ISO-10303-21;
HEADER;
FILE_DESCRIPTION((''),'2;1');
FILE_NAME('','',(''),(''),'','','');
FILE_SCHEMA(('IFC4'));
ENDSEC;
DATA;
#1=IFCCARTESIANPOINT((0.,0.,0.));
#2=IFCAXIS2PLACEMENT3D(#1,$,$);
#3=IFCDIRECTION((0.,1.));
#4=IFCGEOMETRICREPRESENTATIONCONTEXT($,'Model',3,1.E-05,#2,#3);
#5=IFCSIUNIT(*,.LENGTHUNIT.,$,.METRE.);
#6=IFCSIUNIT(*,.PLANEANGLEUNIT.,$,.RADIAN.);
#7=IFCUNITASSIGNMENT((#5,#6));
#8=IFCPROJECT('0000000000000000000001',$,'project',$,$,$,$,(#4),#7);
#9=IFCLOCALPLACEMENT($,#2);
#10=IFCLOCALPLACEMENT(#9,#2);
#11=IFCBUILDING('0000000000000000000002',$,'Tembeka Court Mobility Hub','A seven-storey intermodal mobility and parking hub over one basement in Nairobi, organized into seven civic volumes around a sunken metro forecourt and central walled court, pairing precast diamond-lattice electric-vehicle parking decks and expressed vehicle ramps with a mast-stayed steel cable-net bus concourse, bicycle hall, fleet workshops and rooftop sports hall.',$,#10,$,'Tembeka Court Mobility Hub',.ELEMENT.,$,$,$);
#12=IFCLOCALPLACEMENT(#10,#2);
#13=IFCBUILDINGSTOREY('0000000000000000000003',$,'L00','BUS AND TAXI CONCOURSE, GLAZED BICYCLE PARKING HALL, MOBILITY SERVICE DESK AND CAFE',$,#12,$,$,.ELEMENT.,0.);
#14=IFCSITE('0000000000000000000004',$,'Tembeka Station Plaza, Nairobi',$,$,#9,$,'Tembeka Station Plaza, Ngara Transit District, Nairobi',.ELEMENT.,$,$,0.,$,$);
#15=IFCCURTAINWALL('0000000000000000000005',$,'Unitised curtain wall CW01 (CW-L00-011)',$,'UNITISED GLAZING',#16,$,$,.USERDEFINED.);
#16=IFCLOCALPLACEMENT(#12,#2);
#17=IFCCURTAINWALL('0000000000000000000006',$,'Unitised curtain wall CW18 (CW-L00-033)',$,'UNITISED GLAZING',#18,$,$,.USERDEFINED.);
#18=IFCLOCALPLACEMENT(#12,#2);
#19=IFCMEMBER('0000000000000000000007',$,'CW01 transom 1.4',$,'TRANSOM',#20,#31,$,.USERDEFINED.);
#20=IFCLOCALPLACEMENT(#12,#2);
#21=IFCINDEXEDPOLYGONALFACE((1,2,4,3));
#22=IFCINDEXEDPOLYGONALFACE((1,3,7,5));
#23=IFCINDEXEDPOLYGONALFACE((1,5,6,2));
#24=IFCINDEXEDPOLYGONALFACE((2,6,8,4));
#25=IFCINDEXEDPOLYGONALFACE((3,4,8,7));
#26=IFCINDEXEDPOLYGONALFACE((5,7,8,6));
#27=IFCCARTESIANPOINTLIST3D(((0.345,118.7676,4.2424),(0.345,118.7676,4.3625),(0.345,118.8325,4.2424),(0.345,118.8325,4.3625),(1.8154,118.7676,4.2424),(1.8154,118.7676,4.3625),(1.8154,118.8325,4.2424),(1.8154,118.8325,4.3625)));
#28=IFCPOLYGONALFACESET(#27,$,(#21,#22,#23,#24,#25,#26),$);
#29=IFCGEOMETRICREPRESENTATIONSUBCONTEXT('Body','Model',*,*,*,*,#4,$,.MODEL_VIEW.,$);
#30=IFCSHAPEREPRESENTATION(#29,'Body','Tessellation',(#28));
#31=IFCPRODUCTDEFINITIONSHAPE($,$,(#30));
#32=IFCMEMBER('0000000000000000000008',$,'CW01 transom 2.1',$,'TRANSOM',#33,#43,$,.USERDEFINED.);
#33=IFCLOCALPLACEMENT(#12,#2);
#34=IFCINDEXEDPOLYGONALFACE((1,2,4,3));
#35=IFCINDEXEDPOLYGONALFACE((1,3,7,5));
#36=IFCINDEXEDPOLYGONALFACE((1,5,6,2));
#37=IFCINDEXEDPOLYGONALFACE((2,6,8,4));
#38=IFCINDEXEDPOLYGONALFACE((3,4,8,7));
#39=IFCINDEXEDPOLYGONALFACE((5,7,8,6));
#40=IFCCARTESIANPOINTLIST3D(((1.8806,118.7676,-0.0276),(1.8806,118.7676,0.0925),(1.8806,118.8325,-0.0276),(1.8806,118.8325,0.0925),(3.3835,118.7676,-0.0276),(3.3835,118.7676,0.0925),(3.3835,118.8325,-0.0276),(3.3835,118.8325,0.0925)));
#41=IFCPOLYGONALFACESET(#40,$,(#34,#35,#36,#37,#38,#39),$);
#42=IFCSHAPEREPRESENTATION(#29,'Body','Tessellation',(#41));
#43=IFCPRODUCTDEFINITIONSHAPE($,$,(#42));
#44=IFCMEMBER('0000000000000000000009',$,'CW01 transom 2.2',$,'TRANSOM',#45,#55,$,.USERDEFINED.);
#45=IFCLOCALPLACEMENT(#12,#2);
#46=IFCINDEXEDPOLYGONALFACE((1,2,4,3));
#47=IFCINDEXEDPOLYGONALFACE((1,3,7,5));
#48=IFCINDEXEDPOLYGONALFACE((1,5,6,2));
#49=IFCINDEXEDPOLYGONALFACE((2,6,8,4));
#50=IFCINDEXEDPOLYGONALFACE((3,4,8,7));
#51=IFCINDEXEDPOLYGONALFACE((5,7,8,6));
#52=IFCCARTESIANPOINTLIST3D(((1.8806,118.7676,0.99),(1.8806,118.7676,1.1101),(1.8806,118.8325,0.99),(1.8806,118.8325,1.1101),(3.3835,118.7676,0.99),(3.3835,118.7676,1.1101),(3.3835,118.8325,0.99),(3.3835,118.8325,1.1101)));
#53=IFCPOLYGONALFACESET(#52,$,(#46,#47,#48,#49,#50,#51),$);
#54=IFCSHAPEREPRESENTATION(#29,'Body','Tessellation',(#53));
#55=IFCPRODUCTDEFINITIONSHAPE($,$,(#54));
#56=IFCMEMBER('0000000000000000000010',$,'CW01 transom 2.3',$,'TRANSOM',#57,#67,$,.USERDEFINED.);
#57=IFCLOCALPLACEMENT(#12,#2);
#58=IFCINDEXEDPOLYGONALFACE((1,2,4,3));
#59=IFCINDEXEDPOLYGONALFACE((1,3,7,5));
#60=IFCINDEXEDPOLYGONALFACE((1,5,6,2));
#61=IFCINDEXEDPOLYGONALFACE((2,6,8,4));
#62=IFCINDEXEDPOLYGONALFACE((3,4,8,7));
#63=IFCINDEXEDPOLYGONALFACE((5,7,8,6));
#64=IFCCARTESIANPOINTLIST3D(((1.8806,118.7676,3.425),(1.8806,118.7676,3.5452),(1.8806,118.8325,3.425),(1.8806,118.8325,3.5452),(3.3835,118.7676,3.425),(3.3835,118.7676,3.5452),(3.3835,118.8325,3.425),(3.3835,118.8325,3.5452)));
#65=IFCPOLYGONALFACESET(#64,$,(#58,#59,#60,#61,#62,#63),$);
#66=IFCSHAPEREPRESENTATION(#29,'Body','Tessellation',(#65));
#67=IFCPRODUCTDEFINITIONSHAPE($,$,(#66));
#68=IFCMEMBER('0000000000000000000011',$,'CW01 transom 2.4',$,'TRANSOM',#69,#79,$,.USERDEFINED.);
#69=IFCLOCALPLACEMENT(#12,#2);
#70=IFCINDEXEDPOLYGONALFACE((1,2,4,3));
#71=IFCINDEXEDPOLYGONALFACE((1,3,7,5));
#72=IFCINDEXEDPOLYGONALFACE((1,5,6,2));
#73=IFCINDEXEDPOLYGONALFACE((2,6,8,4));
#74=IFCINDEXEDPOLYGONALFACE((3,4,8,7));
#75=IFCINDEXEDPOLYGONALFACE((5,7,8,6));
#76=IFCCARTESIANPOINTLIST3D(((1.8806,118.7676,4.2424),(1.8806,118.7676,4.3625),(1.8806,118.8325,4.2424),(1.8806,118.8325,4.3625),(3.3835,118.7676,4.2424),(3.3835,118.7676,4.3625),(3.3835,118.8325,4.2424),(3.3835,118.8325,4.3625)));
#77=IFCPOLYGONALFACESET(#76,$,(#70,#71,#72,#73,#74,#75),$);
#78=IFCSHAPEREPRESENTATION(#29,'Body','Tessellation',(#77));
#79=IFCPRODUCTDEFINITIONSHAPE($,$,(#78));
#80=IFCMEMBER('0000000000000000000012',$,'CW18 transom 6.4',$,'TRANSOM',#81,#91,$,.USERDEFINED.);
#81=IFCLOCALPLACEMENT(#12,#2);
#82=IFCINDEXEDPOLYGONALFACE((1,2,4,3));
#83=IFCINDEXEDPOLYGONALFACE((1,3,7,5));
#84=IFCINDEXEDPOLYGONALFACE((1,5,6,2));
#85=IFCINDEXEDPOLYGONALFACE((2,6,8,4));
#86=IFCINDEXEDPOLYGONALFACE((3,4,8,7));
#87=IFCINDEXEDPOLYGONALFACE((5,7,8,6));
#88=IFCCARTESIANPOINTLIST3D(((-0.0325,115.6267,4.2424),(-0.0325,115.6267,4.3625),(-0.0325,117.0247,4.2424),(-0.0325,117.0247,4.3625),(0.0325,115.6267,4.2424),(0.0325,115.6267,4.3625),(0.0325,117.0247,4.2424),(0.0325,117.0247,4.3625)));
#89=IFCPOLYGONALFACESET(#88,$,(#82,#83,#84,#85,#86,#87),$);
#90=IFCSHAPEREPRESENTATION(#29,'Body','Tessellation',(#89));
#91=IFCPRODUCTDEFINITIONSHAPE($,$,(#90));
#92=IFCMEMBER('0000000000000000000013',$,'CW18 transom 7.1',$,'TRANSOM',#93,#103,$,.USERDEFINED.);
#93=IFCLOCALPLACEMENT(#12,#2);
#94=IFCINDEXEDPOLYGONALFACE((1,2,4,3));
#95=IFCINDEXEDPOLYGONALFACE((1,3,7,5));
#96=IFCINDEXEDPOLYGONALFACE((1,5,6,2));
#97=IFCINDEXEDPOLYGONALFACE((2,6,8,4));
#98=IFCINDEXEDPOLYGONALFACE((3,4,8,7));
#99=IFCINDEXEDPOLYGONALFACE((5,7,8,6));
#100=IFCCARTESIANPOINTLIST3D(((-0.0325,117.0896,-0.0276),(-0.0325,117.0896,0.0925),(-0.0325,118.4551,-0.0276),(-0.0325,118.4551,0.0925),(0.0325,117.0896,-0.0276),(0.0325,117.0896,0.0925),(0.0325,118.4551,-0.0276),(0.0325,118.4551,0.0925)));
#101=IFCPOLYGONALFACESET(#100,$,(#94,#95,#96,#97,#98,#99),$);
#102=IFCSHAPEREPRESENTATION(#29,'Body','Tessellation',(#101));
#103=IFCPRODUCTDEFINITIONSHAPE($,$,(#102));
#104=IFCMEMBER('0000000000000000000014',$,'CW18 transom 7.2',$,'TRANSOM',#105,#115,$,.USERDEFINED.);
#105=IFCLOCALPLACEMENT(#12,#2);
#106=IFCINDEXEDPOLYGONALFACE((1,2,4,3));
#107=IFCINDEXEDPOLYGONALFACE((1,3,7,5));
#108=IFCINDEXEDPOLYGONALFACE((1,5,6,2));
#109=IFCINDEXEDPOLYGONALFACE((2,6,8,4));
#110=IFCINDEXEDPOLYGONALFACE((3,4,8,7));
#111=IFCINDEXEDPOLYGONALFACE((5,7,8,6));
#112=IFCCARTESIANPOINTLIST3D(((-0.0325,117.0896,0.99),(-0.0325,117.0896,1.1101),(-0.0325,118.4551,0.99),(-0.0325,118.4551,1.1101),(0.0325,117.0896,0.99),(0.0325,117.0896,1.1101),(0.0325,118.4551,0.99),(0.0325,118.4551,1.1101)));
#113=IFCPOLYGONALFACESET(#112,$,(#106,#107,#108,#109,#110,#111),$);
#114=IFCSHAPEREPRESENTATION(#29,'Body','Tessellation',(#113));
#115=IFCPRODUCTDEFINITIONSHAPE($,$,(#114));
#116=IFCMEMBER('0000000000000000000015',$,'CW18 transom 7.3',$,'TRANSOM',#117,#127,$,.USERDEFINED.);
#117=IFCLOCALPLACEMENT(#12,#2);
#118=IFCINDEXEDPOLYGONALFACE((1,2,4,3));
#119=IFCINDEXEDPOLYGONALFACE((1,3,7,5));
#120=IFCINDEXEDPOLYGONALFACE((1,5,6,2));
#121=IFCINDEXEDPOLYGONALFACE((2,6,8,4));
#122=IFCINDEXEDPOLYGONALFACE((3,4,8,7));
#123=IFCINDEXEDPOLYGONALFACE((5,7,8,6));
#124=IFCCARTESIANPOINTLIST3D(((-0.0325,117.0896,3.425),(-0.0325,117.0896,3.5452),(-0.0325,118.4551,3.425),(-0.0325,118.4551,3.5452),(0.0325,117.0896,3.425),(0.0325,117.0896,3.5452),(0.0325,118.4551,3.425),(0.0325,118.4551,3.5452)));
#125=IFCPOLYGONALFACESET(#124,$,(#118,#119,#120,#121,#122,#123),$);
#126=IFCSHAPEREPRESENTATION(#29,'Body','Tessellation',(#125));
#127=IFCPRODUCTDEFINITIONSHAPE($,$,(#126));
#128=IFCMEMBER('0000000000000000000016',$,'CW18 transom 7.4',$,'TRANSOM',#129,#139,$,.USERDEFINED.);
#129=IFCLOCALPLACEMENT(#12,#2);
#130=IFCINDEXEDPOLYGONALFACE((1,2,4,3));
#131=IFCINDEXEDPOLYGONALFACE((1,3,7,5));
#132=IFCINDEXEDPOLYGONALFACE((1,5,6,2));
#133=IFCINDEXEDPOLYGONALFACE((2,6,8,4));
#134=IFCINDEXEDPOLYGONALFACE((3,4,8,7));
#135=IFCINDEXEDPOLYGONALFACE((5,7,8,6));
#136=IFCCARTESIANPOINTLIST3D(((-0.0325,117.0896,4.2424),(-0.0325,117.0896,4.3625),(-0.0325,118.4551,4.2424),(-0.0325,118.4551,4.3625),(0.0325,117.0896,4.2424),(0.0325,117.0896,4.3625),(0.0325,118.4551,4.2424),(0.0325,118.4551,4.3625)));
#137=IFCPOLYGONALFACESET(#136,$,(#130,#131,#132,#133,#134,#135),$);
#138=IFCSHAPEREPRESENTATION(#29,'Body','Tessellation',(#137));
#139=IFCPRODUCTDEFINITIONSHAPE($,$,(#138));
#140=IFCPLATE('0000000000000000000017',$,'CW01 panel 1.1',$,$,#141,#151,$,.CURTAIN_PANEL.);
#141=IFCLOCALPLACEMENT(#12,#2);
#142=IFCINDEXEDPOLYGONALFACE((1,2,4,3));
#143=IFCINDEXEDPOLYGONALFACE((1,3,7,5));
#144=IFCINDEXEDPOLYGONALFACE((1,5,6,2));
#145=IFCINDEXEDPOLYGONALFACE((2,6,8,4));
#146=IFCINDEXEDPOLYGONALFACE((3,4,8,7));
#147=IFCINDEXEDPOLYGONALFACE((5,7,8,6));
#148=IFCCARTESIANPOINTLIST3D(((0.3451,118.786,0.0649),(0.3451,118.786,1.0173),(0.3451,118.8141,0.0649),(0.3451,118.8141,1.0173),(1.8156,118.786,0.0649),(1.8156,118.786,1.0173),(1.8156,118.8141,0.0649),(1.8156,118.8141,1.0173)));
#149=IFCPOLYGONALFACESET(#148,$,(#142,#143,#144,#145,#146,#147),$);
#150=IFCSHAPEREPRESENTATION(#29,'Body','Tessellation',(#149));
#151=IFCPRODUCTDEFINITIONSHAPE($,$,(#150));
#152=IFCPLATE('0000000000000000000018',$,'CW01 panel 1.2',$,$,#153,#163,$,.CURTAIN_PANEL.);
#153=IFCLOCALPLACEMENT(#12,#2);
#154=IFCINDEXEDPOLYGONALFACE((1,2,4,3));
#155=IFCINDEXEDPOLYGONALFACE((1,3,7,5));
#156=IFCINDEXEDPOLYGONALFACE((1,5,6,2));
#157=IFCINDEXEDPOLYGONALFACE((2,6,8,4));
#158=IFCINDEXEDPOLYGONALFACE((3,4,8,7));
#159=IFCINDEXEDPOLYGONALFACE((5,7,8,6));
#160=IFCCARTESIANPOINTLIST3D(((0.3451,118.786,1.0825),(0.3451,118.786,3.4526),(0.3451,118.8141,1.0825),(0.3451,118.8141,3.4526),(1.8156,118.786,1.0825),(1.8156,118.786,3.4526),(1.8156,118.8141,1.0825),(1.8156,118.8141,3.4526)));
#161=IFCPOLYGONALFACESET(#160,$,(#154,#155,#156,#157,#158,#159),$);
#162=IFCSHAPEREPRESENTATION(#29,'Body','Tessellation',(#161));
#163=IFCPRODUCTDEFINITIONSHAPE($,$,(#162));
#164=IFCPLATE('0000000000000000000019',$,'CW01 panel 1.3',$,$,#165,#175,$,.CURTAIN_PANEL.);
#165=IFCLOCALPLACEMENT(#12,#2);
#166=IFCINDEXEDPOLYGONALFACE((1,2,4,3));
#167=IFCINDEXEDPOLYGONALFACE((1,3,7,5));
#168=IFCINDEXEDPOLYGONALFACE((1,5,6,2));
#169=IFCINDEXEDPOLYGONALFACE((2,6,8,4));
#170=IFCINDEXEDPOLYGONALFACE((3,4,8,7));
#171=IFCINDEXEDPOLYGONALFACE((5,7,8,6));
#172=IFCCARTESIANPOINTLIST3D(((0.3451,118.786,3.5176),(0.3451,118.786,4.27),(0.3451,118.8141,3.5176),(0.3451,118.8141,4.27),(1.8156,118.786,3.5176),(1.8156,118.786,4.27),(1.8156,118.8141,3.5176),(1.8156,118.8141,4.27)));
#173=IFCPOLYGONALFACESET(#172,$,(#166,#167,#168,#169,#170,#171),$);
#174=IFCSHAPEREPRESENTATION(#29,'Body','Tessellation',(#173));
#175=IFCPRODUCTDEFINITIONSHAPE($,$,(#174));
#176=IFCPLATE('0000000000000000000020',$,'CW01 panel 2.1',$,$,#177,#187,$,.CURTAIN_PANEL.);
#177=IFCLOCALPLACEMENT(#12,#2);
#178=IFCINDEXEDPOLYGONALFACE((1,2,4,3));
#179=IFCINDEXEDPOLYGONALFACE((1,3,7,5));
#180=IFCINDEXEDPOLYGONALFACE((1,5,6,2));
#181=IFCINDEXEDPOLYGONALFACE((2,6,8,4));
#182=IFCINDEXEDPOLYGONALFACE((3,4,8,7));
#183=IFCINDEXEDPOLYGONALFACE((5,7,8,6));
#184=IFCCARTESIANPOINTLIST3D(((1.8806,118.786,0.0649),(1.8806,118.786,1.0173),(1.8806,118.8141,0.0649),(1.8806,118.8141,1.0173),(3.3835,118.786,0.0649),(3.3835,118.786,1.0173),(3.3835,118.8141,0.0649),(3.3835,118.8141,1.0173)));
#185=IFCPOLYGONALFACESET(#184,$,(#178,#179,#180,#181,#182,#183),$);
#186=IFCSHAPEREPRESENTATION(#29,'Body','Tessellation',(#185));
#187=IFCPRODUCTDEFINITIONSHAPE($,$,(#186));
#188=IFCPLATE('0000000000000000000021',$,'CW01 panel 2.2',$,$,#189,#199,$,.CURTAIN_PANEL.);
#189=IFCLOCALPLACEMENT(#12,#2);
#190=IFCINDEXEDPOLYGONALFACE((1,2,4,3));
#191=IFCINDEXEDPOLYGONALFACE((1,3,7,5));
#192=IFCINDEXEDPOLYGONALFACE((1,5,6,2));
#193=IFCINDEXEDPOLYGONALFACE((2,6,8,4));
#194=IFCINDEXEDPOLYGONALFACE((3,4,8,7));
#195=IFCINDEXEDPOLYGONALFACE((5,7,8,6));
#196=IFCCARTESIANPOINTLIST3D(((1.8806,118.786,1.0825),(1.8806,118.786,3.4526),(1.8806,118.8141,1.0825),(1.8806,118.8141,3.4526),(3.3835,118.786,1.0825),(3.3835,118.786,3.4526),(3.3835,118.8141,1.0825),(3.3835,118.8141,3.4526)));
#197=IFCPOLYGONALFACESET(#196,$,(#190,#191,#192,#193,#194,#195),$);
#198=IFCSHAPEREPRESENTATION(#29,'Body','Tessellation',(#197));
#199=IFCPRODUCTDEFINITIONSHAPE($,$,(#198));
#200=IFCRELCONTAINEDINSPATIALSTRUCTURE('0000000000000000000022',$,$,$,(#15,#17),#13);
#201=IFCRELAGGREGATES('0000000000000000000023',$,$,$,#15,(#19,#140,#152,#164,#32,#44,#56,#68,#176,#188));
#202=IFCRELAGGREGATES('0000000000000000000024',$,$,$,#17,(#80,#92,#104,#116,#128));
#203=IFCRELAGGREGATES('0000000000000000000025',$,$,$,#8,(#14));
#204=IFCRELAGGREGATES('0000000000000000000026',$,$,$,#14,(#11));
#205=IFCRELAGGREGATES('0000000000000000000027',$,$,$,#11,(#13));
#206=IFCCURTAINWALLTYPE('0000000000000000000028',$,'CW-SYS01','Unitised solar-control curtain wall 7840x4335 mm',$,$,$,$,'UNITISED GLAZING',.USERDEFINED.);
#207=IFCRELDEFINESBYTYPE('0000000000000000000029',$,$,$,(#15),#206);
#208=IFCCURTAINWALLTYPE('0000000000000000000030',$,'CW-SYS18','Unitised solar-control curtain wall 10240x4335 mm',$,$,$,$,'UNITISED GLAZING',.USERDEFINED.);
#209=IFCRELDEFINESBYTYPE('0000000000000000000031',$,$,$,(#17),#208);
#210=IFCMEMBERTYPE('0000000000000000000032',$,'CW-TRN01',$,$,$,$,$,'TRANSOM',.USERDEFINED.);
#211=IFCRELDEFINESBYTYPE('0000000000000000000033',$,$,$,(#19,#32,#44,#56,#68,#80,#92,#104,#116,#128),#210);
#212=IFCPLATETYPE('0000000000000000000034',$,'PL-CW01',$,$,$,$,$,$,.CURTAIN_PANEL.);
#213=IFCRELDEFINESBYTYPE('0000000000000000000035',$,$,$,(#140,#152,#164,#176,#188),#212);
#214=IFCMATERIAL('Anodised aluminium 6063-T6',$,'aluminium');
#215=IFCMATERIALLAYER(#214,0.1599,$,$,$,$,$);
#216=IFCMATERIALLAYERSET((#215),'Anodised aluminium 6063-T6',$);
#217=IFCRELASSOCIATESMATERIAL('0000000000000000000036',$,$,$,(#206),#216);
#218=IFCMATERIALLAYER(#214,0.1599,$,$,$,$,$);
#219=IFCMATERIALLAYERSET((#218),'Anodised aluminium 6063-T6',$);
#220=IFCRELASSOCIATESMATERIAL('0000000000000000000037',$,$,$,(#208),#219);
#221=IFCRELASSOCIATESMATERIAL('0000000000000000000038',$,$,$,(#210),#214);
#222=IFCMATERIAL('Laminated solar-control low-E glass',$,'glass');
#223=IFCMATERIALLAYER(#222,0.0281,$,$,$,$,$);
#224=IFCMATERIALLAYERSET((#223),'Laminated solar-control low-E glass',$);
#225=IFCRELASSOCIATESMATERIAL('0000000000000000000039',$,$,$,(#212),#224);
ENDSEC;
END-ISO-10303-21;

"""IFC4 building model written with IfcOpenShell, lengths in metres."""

from ifc_helpers import new_model, si_unit, direction, frame, origin, origin_2d, place, context, subcontext, project, spatial, rectangle, extrude, material, layer, layer_set, material_profile, profile_set, type_object, element, aggregate, save


model = new_model("IFC4")

# Units and contexts
model_context = context("Model", 3, precision=1e-05, world=origin(), true_north=direction((0.0, 1.0)))
body_context = subcontext(model_context, "Body", "Model", "MODEL_VIEW")
ifc_project = project(units=[si_unit("LENGTHUNIT", "METRE"), si_unit("PLANEANGLEUNIT", "RADIAN")], contexts=[model_context])

# Site, building, storey
site_placement = place(None, origin())
site = spatial("IfcSite", under=ifc_project, at=site_placement, Name="Tembeka Station Plaza, Nairobi", LongName="Tembeka Station Plaza, Ngara Transit District, Nairobi", CompositionType="ELEMENT", RefElevation=0.0)
building_placement = place(site_placement, origin())
building = spatial("IfcBuilding", under=site, at=building_placement, Name="Tembeka Court Mobility Hub", Description="A seven-storey intermodal mobility and parking hub over one basement in Nairobi, organized into seven civic volumes around a sunken metro forecourt and central walled court, pairing precast diamond-lattice electric-vehicle parking decks and expressed vehicle ramps with a mast-stayed steel cable-net bus concourse, bicycle hall, fleet workshops and rooftop sports hall.", LongName="Tembeka Court Mobility Hub", CompositionType="ELEMENT")
storey_placement = place(building_placement, origin())
storey = spatial("IfcBuildingStorey", under=building, at=storey_placement, Name="L00", Description="BUS AND TAXI CONCOURSE, GLAZED BICYCLE PARKING HALL, MOBILITY SERVICE DESK AND CAFE", CompositionType="ELEMENT", Elevation=0.0)

# Curtain walls
ifc_material_1 = material(Name="Anodised aluminium 6063-T6", Category="aluminium")
ifc_layer_1 = layer(ifc_material_1, 0.1599)
ifc_layer_set_1 = layer_set([ifc_layer_1], Name="Anodised aluminium 6063-T6")
curtain_wall_type_1 = type_object("IfcCurtainWallType", Name="CW-SYS01", Description="Unitised solar-control curtain wall 7840x4335 mm", ElementType="UNITISED GLAZING", PredefinedType="USERDEFINED", material=ifc_layer_set_1)
curtain_wall_1_placement = place(storey_placement, origin())
curtain_wall_1 = element("IfcCurtainWall", 1, at=curtain_wall_1_placement, inside=storey, type_object=curtain_wall_type_1, Name="Unitised curtain wall CW01 (CW-L00-011)", ObjectType="UNITISED GLAZING", PredefinedType="USERDEFINED")
ifc_layer_2 = layer(ifc_material_1, 0.1599)
ifc_layer_set_2 = layer_set([ifc_layer_2], Name="Anodised aluminium 6063-T6")
curtain_wall_type_2 = type_object("IfcCurtainWallType", Name="CW-SYS18", Description="Unitised solar-control curtain wall 10240x4335 mm", ElementType="UNITISED GLAZING", PredefinedType="USERDEFINED", material=ifc_layer_set_2)
curtain_wall_2_placement = place(storey_placement, origin())
curtain_wall_2 = element("IfcCurtainWall", 2, at=curtain_wall_2_placement, inside=storey, type_object=curtain_wall_type_2, Name="Unitised curtain wall CW18 (CW-L00-033)", ObjectType="UNITISED GLAZING", PredefinedType="USERDEFINED")

# Members
ifc_material_profile_1 = material_profile(ifc_material_1, rectangle(XDim=0.0649, YDim=0.1201, at=origin_2d()), Name="ALU-TRN 65x120")
ifc_profile_set_1 = profile_set([ifc_material_profile_1], Name="Anodised aluminium 6063-T6")
member_type_1 = type_object("IfcMemberType", Name="CW-TRN01", ElementType="TRANSOM", PredefinedType="USERDEFINED", material=ifc_profile_set_1)
member_1_placement = place(storey_placement, frame((0.345, 118.8, 4.3025), z_axis=(1.0, 0.0, 0.0), x_axis=(0.0, 1.0, 0.0)))
member_1 = element("IfcMember", 3, at=member_1_placement, type_object=member_type_1, Name="CW01 transom 1.4", ObjectType="TRANSOM", PredefinedType="USERDEFINED", context=body_context, shape_type="SweptSolid", body=[
    extrude(rectangle(XDim=0.0649, YDim=0.1201, at=origin_2d()), origin(), (0.0, 0.0, 1.0), 1.4705),
])
member_2_placement = place(storey_placement, frame((1.8806, 118.8, 0.0325), z_axis=(1.0, 0.0, 0.0), x_axis=(0.0, 1.0, 0.0)))
member_2 = element("IfcMember", 4, at=member_2_placement, type_object=member_type_1, Name="CW01 transom 2.1", ObjectType="TRANSOM", PredefinedType="USERDEFINED", context=body_context, shape_type="SweptSolid", body=[
    extrude(rectangle(XDim=0.0649, YDim=0.1201, at=origin_2d()), origin(), (0.0, 0.0, 1.0), 1.5029),
])
member_3_placement = place(storey_placement, frame((1.8806, 118.8, 1.05), z_axis=(1.0, 0.0, 0.0), x_axis=(0.0, 1.0, 0.0)))
member_3 = element("IfcMember", 5, at=member_3_placement, type_object=member_type_1, Name="CW01 transom 2.2", ObjectType="TRANSOM", PredefinedType="USERDEFINED", context=body_context, shape_type="SweptSolid", body=[
    extrude(rectangle(XDim=0.0649, YDim=0.1201, at=origin_2d()), origin(), (0.0, 0.0, 1.0), 1.5029),
])
member_4_placement = place(storey_placement, frame((1.8806, 118.8, 3.4851), z_axis=(1.0, 0.0, 0.0), x_axis=(0.0, 1.0, 0.0)))
member_4 = element("IfcMember", 6, at=member_4_placement, type_object=member_type_1, Name="CW01 transom 2.3", ObjectType="TRANSOM", PredefinedType="USERDEFINED", context=body_context, shape_type="SweptSolid", body=[
    extrude(rectangle(XDim=0.0649, YDim=0.1201, at=origin_2d()), origin(), (0.0, 0.0, 1.0), 1.5029),
])
member_5_placement = place(storey_placement, frame((1.8806, 118.8, 4.3025), z_axis=(1.0, 0.0, 0.0), x_axis=(0.0, 1.0, 0.0)))
member_5 = element("IfcMember", 7, at=member_5_placement, type_object=member_type_1, Name="CW01 transom 2.4", ObjectType="TRANSOM", PredefinedType="USERDEFINED", context=body_context, shape_type="SweptSolid", body=[
    extrude(rectangle(XDim=0.0649, YDim=0.1201, at=origin_2d()), origin(), (0.0, 0.0, 1.0), 1.5029),
])
member_6_placement = place(storey_placement, frame((0.0, 115.6267, 4.3025), z_axis=(0.0, 1.0, 0.0), x_axis=(-1.0, 0.0, 0.0)))
member_6 = element("IfcMember", 8, at=member_6_placement, type_object=member_type_1, Name="CW18 transom 6.4", ObjectType="TRANSOM", PredefinedType="USERDEFINED", context=body_context, shape_type="SweptSolid", body=[
    extrude(rectangle(XDim=0.0649, YDim=0.1201, at=origin_2d()), origin(), (0.0, 0.0, 1.0), 1.3979),
])
member_7_placement = place(storey_placement, frame((0.0, 117.0896, 0.0325), z_axis=(0.0, 1.0, 0.0), x_axis=(-1.0, 0.0, 0.0)))
member_7 = element("IfcMember", 9, at=member_7_placement, type_object=member_type_1, Name="CW18 transom 7.1", ObjectType="TRANSOM", PredefinedType="USERDEFINED", context=body_context, shape_type="SweptSolid", body=[
    extrude(rectangle(XDim=0.0649, YDim=0.1201, at=origin_2d()), origin(), (0.0, 0.0, 1.0), 1.3655),
])
member_8_placement = place(storey_placement, frame((0.0, 117.0896, 1.05), z_axis=(0.0, 1.0, 0.0), x_axis=(-1.0, 0.0, 0.0)))
member_8 = element("IfcMember", 10, at=member_8_placement, type_object=member_type_1, Name="CW18 transom 7.2", ObjectType="TRANSOM", PredefinedType="USERDEFINED", context=body_context, shape_type="SweptSolid", body=[
    extrude(rectangle(XDim=0.0649, YDim=0.1201, at=origin_2d()), origin(), (0.0, 0.0, 1.0), 1.3655),
])
member_9_placement = place(storey_placement, frame((0.0, 117.0896, 3.4851), z_axis=(0.0, 1.0, 0.0), x_axis=(-1.0, 0.0, 0.0)))
member_9 = element("IfcMember", 11, at=member_9_placement, type_object=member_type_1, Name="CW18 transom 7.3", ObjectType="TRANSOM", PredefinedType="USERDEFINED", context=body_context, shape_type="SweptSolid", body=[
    extrude(rectangle(XDim=0.0649, YDim=0.1201, at=origin_2d()), origin(), (0.0, 0.0, 1.0), 1.3655),
])
member_10_placement = place(storey_placement, frame((0.0, 117.0896, 4.3025), z_axis=(0.0, 1.0, 0.0), x_axis=(-1.0, 0.0, 0.0)))
member_10 = element("IfcMember", 12, at=member_10_placement, type_object=member_type_1, Name="CW18 transom 7.4", ObjectType="TRANSOM", PredefinedType="USERDEFINED", context=body_context, shape_type="SweptSolid", body=[
    extrude(rectangle(XDim=0.0649, YDim=0.1201, at=origin_2d()), origin(), (0.0, 0.0, 1.0), 1.3655),
])

# Plates
ifc_material_2 = material(Name="Laminated solar-control low-E glass", Category="glass")
ifc_layer_3 = layer(ifc_material_2, 0.0281)
ifc_layer_set_3 = layer_set([ifc_layer_3], Name="Laminated solar-control low-E glass")
plate_type = type_object("IfcPlateType", Name="PL-CW01", PredefinedType="CURTAIN_PANEL", material=ifc_layer_set_3)
plate_1_placement = place(storey_placement, frame((1.0803, 118.8, 0.0649), z_axis=(0.0, 0.0, 1.0), x_axis=(1.0, 0.0, 0.0)))
plate_1 = element("IfcPlate", 13, at=plate_1_placement, type_object=plate_type, Name="CW01 panel 1.1", PredefinedType="CURTAIN_PANEL", context=body_context, shape_type="SweptSolid", body=[
    extrude(rectangle(XDim=1.4705, YDim=0.0281, at=origin_2d()), origin(), (0.0, 0.0, 1.0), 0.9524),
])
plate_2_placement = place(storey_placement, frame((1.0803, 118.8, 1.0825), z_axis=(0.0, 0.0, 1.0), x_axis=(1.0, 0.0, 0.0)))
plate_2 = element("IfcPlate", 14, at=plate_2_placement, type_object=plate_type, Name="CW01 panel 1.2", PredefinedType="CURTAIN_PANEL", context=body_context, shape_type="SweptSolid", body=[
    extrude(rectangle(XDim=1.4705, YDim=0.0281, at=origin_2d()), origin(), (0.0, 0.0, 1.0), 2.3701),
])
plate_3_placement = place(storey_placement, frame((1.0803, 118.8, 3.5176), z_axis=(0.0, 0.0, 1.0), x_axis=(1.0, 0.0, 0.0)))
plate_3 = element("IfcPlate", 15, at=plate_3_placement, type_object=plate_type, Name="CW01 panel 1.3", PredefinedType="CURTAIN_PANEL", context=body_context, shape_type="SweptSolid", body=[
    extrude(rectangle(XDim=1.4705, YDim=0.0281, at=origin_2d()), origin(), (0.0, 0.0, 1.0), 0.7524),
])
plate_4_placement = place(storey_placement, frame((2.6321, 118.8, 0.0649), z_axis=(0.0, 0.0, 1.0), x_axis=(1.0, 0.0, 0.0)))
plate_4 = element("IfcPlate", 16, at=plate_4_placement, type_object=plate_type, Name="CW01 panel 2.1", PredefinedType="CURTAIN_PANEL", context=body_context, shape_type="SweptSolid", body=[
    extrude(rectangle(XDim=1.5029, YDim=0.0281, at=origin_2d()), origin(), (0.0, 0.0, 1.0), 0.9524),
])
plate_5_placement = place(storey_placement, frame((2.6321, 118.8, 1.0825), z_axis=(0.0, 0.0, 1.0), x_axis=(1.0, 0.0, 0.0)))
plate_5 = element("IfcPlate", 17, at=plate_5_placement, type_object=plate_type, Name="CW01 panel 2.2", PredefinedType="CURTAIN_PANEL", context=body_context, shape_type="SweptSolid", body=[
    extrude(rectangle(XDim=1.5029, YDim=0.0281, at=origin_2d()), origin(), (0.0, 0.0, 1.0), 2.3701),
])
aggregate(curtain_wall_1, [member_1, plate_1, plate_2, plate_3, member_2, member_3, member_4, member_5, plate_4, plate_5])
aggregate(curtain_wall_2, [member_6, member_7, member_8, member_9, member_10])

save(model, "model.ifc")
